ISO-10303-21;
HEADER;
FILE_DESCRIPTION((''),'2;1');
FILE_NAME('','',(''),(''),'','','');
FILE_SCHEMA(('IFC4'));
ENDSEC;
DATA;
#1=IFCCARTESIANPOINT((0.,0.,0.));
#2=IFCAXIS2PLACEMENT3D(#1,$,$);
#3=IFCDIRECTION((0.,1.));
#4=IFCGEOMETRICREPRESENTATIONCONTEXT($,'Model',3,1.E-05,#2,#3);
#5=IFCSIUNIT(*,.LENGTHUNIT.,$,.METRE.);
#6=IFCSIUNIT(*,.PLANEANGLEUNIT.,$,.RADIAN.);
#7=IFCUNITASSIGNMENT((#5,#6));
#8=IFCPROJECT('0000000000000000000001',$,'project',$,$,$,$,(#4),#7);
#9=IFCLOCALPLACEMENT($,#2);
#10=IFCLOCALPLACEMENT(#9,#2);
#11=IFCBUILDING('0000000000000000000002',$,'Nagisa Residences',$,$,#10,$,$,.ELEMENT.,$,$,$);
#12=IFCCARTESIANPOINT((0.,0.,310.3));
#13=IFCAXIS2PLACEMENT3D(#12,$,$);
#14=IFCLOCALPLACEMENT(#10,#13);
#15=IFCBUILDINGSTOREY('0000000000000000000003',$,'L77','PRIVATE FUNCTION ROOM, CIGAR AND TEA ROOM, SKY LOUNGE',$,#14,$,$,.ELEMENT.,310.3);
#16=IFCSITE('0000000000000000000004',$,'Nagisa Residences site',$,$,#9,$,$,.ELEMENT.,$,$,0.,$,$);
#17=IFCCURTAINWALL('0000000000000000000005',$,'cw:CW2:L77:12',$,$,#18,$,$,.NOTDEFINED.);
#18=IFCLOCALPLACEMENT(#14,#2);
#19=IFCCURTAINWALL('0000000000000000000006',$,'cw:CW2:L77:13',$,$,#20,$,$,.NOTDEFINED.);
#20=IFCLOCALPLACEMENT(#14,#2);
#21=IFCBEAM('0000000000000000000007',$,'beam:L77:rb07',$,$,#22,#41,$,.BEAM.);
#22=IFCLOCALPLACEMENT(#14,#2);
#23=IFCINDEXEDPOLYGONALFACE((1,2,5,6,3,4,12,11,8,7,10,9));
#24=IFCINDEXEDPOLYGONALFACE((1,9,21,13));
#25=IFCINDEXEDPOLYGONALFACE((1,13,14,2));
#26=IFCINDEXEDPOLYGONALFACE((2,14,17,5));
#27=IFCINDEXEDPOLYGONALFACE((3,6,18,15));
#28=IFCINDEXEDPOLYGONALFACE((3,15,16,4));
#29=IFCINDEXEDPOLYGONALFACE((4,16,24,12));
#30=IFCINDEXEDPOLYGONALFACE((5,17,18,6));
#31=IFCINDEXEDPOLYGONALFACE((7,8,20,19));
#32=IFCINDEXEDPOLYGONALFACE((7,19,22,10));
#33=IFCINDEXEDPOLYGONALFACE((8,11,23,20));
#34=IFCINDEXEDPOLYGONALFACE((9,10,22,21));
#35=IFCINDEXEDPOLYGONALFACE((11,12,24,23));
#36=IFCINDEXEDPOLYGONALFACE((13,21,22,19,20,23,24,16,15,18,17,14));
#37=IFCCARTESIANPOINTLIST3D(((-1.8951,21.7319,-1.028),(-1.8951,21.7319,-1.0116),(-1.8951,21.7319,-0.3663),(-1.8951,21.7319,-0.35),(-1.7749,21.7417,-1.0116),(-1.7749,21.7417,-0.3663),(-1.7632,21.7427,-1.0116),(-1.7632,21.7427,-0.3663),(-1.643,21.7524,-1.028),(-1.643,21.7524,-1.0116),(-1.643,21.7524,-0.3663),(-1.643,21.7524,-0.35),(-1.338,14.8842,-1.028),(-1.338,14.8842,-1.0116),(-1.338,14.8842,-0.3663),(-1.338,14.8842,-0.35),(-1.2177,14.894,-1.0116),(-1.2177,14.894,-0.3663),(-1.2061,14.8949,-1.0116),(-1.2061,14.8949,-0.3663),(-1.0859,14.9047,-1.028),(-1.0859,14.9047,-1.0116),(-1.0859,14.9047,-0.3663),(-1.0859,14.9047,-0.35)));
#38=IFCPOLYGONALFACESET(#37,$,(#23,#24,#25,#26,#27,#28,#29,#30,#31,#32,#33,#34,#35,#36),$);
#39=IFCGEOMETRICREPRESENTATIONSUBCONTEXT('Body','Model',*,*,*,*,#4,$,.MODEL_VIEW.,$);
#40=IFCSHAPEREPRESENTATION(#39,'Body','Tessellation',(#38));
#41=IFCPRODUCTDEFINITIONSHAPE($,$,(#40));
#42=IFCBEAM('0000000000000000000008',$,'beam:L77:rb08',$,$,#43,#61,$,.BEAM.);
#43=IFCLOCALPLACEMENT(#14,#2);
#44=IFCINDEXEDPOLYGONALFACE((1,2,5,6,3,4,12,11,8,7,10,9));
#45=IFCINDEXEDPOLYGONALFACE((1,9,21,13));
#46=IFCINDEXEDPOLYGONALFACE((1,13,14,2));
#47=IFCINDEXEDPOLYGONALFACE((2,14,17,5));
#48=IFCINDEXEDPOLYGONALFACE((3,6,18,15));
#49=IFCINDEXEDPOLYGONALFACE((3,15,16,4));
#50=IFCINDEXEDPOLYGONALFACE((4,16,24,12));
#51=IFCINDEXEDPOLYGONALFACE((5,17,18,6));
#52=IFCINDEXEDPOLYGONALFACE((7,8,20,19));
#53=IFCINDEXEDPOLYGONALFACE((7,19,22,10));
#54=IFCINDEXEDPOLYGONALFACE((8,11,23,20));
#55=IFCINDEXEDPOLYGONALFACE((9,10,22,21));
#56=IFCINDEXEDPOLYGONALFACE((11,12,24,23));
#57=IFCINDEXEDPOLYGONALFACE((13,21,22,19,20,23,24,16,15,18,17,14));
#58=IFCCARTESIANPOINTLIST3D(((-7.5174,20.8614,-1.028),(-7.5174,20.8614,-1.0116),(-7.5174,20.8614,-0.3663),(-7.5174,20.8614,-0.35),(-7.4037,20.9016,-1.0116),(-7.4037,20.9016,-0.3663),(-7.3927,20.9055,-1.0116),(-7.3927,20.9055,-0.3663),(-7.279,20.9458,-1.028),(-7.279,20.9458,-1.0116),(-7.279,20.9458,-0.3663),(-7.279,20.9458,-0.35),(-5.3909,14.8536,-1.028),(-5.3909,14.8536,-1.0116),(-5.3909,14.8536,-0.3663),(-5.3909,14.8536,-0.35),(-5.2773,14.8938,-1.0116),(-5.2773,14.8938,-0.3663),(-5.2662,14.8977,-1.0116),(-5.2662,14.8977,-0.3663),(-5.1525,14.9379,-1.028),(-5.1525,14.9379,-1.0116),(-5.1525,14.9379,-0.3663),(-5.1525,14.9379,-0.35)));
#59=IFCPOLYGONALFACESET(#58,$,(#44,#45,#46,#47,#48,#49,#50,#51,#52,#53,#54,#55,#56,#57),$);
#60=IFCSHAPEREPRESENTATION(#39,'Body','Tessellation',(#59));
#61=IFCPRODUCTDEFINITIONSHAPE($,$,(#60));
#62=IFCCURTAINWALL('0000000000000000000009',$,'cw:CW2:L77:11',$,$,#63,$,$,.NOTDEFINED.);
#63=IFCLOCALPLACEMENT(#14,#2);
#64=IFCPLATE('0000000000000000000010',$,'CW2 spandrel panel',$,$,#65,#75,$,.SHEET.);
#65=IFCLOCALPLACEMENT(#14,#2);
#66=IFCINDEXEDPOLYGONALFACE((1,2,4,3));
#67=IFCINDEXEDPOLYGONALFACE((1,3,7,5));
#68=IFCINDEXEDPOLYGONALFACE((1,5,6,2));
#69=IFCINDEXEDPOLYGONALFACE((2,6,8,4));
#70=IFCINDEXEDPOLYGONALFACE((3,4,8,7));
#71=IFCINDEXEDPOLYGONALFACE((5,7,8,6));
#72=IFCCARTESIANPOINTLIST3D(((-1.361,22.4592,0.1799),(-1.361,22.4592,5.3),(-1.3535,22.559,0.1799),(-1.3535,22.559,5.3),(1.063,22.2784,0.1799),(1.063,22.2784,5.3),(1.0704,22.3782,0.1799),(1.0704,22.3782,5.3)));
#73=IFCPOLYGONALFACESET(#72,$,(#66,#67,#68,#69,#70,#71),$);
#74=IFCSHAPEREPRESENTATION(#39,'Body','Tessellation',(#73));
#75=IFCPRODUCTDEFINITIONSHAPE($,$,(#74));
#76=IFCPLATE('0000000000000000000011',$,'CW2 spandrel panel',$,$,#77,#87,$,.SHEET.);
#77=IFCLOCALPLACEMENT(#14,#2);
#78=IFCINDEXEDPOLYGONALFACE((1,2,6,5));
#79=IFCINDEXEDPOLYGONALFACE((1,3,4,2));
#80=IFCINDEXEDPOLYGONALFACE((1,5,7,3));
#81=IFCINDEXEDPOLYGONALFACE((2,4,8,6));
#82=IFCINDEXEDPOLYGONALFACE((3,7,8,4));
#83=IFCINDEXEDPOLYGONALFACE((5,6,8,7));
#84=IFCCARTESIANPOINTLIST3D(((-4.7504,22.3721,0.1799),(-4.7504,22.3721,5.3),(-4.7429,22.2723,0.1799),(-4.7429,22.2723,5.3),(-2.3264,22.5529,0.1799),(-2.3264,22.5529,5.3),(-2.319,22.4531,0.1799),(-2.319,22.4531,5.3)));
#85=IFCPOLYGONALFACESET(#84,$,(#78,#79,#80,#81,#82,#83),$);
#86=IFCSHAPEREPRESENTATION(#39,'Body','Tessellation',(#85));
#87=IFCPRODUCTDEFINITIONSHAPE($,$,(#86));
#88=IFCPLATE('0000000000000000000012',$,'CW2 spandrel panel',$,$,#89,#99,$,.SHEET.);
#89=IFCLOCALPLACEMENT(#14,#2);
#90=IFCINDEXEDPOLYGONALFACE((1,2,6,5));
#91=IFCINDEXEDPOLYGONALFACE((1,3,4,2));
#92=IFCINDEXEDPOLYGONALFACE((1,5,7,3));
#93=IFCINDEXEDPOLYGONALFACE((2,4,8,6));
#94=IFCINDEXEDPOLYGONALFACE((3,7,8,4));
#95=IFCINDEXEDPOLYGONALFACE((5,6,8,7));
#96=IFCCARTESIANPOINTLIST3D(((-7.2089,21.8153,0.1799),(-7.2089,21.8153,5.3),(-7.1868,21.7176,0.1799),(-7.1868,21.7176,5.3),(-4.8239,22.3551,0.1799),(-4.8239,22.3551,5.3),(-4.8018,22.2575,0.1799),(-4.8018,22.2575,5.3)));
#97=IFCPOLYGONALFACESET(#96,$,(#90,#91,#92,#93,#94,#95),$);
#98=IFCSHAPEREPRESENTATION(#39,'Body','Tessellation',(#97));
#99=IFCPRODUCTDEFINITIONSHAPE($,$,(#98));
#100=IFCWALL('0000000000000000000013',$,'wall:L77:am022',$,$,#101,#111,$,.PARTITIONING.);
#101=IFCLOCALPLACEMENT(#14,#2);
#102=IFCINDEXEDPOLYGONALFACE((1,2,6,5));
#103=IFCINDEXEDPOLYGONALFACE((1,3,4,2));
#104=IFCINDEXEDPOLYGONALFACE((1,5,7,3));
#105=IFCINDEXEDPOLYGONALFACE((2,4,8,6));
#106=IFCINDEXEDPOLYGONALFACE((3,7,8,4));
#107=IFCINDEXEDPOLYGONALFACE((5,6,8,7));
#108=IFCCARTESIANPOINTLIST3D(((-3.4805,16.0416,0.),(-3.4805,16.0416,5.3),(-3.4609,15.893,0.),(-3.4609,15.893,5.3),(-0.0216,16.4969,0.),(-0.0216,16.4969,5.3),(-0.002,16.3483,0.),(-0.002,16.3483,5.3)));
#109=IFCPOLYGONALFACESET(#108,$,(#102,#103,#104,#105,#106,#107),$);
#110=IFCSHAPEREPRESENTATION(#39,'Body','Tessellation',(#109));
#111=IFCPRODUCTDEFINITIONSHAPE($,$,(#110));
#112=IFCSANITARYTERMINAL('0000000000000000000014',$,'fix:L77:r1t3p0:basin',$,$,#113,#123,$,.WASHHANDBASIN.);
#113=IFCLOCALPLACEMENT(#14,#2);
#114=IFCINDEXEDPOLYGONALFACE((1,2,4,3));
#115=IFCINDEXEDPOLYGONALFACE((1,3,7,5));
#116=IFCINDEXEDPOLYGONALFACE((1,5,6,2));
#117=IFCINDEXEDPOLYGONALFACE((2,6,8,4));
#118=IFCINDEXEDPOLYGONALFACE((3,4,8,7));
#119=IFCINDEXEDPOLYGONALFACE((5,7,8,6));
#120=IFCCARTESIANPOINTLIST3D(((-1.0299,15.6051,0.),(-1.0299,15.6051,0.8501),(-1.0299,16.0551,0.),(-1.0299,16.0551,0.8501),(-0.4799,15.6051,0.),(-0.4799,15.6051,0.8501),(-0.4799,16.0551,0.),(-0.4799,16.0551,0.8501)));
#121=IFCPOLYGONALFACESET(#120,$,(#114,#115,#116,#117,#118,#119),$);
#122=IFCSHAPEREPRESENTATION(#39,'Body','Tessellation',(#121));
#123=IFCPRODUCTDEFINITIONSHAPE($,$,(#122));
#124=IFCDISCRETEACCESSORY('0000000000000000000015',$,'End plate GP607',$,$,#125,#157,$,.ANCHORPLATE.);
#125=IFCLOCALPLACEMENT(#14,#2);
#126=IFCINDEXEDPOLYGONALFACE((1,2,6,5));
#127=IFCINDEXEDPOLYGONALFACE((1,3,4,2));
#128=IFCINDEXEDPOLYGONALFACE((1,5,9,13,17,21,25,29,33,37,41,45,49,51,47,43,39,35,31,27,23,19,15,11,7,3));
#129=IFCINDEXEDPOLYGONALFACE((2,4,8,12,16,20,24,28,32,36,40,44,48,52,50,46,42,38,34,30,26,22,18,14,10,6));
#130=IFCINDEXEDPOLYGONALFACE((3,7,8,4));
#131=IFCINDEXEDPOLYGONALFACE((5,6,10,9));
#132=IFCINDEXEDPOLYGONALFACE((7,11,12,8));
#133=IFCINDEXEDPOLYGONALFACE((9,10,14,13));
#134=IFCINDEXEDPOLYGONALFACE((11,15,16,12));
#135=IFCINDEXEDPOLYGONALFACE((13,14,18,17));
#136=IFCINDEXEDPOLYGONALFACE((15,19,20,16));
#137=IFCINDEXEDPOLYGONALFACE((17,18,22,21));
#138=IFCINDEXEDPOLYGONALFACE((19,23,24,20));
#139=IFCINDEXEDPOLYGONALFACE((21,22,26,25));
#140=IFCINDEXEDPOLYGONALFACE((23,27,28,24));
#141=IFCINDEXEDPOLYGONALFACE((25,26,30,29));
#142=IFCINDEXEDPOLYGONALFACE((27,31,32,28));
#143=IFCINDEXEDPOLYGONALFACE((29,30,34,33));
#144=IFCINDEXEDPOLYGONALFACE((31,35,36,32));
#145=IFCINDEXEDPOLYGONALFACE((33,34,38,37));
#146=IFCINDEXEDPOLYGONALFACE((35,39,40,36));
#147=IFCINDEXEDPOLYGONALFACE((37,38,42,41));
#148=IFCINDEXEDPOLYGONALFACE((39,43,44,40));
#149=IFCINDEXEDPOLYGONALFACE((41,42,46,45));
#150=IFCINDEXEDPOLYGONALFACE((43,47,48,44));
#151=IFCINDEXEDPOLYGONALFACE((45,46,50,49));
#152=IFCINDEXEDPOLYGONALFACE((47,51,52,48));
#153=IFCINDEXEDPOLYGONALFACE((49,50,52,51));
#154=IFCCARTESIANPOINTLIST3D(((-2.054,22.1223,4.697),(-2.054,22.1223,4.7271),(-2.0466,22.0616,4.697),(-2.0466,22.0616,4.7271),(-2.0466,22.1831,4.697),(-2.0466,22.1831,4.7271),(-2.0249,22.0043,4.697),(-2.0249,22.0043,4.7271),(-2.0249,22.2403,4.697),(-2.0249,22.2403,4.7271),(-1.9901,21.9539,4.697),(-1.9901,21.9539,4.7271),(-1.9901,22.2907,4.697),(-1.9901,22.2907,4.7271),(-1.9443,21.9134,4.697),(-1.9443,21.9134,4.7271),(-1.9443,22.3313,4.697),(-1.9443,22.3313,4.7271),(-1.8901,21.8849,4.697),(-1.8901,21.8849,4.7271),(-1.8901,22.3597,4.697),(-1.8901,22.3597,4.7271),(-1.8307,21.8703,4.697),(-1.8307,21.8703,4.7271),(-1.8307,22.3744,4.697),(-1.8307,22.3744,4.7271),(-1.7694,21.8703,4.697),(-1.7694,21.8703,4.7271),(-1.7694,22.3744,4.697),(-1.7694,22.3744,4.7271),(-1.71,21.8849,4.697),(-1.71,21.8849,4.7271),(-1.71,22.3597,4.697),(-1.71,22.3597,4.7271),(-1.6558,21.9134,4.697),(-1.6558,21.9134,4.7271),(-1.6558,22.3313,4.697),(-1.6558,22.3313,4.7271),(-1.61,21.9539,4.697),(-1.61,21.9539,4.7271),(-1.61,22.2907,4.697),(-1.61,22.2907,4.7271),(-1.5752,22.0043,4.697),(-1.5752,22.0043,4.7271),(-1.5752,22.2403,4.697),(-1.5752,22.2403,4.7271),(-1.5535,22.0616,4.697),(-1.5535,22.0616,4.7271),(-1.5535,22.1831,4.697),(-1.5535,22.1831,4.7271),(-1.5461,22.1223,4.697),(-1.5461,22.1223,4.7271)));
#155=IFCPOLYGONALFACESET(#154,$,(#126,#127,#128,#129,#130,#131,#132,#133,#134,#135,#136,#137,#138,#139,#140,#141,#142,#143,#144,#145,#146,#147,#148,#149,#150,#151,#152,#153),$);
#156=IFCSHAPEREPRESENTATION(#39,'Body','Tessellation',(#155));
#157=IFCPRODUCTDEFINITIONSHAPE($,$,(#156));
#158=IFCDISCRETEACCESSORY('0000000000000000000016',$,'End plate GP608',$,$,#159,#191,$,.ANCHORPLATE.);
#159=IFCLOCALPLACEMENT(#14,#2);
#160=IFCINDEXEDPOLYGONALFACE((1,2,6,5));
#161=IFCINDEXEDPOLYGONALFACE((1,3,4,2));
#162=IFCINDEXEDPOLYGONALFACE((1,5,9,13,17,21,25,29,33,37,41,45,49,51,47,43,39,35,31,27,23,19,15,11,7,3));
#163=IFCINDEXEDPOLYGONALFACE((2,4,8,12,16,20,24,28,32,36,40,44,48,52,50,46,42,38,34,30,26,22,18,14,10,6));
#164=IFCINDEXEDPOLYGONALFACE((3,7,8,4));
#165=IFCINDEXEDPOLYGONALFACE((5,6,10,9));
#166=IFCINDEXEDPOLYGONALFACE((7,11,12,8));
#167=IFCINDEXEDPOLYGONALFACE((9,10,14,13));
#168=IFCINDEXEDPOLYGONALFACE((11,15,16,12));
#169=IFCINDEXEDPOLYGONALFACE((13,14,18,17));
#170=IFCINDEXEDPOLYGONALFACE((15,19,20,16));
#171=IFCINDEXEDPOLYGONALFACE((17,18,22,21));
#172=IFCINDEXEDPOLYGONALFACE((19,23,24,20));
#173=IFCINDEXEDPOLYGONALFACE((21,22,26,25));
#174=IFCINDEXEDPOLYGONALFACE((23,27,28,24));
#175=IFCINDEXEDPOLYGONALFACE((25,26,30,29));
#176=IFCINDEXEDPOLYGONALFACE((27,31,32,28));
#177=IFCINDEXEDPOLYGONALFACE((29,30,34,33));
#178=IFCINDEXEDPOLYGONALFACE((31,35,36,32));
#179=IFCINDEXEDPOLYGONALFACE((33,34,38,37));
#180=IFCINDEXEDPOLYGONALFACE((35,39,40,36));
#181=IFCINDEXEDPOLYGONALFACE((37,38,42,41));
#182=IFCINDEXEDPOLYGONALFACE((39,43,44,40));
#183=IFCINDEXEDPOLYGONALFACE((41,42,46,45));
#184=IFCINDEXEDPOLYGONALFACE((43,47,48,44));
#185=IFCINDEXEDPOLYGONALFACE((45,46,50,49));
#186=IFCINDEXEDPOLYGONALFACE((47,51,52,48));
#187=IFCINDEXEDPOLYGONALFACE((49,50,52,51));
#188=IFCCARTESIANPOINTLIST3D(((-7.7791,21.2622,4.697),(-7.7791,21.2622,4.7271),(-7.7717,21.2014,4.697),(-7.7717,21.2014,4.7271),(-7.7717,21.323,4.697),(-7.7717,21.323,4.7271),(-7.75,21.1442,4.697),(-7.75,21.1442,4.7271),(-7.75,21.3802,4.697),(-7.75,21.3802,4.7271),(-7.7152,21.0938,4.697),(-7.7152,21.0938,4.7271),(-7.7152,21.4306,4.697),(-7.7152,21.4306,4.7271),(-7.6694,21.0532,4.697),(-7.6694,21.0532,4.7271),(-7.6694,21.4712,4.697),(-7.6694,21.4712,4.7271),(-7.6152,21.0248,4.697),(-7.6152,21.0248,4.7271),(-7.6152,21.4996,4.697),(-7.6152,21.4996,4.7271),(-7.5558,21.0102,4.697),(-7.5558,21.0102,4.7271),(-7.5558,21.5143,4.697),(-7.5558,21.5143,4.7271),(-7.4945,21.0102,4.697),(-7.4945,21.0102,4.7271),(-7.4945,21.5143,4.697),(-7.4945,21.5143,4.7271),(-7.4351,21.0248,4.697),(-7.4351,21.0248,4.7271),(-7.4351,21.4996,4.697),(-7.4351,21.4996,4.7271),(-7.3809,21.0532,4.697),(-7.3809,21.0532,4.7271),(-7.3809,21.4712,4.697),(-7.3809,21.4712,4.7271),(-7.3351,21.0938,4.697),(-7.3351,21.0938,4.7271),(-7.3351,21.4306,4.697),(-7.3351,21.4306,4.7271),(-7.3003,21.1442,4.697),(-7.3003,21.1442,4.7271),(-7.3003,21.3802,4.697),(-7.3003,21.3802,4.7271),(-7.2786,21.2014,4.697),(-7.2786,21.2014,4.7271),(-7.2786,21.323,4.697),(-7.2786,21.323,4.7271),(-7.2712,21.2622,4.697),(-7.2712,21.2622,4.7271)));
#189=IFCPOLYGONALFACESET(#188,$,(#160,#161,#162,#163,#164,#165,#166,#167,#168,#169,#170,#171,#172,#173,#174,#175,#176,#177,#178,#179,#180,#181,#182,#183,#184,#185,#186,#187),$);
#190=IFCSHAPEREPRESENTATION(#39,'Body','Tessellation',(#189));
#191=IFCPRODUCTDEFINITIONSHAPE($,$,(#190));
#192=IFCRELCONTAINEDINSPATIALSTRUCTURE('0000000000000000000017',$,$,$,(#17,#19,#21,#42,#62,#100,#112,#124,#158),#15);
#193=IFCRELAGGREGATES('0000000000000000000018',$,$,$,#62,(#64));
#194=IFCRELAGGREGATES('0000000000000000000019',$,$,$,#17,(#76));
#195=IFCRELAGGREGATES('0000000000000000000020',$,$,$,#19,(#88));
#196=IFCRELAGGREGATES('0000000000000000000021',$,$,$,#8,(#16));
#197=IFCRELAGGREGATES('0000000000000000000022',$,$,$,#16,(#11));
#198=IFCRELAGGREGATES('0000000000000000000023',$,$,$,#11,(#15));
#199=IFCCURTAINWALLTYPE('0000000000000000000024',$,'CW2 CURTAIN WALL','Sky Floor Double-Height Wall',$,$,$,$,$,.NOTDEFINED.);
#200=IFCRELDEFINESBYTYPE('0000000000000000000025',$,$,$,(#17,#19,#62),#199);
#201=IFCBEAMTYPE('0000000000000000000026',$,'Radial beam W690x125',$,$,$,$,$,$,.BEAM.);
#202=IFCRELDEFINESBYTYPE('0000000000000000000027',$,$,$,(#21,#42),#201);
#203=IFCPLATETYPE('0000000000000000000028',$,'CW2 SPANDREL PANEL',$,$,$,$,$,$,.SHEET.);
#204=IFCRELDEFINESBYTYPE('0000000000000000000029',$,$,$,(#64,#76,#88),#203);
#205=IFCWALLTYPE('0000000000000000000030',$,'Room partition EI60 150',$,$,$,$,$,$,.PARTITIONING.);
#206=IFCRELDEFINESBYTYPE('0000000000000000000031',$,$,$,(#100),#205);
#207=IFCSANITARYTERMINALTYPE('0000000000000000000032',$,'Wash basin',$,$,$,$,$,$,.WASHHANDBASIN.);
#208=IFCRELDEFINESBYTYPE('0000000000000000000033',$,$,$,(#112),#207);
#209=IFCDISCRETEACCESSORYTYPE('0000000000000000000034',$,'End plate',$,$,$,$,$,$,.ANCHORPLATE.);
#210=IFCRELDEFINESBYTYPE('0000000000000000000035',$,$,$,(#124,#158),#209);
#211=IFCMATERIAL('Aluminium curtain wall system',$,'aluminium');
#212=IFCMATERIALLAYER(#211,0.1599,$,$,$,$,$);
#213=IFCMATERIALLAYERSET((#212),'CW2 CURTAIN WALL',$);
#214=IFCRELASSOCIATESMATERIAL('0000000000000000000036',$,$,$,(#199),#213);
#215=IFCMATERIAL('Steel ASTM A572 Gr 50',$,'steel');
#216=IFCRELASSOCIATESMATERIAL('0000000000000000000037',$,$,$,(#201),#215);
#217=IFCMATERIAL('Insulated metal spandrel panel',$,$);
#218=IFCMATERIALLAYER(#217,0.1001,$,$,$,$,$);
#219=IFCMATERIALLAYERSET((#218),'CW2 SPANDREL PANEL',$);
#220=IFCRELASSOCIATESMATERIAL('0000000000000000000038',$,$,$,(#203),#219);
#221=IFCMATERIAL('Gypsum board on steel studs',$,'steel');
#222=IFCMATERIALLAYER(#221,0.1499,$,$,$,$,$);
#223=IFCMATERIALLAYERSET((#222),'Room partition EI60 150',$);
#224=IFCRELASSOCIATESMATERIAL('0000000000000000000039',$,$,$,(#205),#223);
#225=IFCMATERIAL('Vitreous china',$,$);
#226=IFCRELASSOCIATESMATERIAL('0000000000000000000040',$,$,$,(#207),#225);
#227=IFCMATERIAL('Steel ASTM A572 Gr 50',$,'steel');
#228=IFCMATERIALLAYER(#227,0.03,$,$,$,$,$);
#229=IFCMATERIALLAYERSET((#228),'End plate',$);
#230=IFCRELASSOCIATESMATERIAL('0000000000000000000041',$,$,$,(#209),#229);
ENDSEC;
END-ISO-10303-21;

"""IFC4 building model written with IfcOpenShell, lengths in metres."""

from ifc_helpers import new_model, si_unit, direction, frame, frame_2d, origin, origin_2d, place, context, subcontext, project, spatial, rectangle, circle, i_section, extrude, material, layer, layer_set, material_profile, profile_set, type_object, element, aggregate, save


model = new_model("IFC4")

# Units and contexts
model_context = context("Model", 3, precision=1e-05, world=origin(), true_north=direction((0.0, 1.0)))
body_context = subcontext(model_context, "Body", "Model", "MODEL_VIEW")
ifc_project = project(units=[si_unit("LENGTHUNIT", "METRE"), si_unit("PLANEANGLEUNIT", "RADIAN")], contexts=[model_context])

# Site, building, storey
site_placement = place(None, origin())
site = spatial("IfcSite", under=ifc_project, at=site_placement, Name="Nagisa Residences site", CompositionType="ELEMENT", RefElevation=0.0)
building_placement = place(site_placement, origin())
building = spatial("IfcBuilding", under=site, at=building_placement, Name="Nagisa Residences", CompositionType="ELEMENT")
storey_placement = place(building_placement, frame((0.0, 0.0, 310.3)))
storey = spatial("IfcBuildingStorey", under=building, at=storey_placement, Name="L77", Description="PRIVATE FUNCTION ROOM, CIGAR AND TEA ROOM, SKY LOUNGE", CompositionType="ELEMENT", Elevation=310.3)

# Curtain walls
ifc_material_1 = material(Name="Aluminium curtain wall system", Category="aluminium")
ifc_layer_1 = layer(ifc_material_1, 0.1599)
ifc_layer_set_1 = layer_set([ifc_layer_1], Name="CW2 CURTAIN WALL")
curtain_wall_type = type_object("IfcCurtainWallType", Name="CW2 CURTAIN WALL", Description="Sky Floor Double-Height Wall", PredefinedType="NOTDEFINED", material=ifc_layer_set_1)
curtain_wall_1_placement = place(storey_placement, origin())
curtain_wall_1 = element("IfcCurtainWall", 1, at=curtain_wall_1_placement, inside=storey, type_object=curtain_wall_type, Name="cw:CW2:L77:12", PredefinedType="NOTDEFINED")
curtain_wall_2_placement = place(storey_placement, origin())
curtain_wall_2 = element("IfcCurtainWall", 2, at=curtain_wall_2_placement, inside=storey, type_object=curtain_wall_type, Name="cw:CW2:L77:13", PredefinedType="NOTDEFINED")

# Beams
ifc_material_2 = material(Name="Steel ASTM A572 Gr 50", Category="steel")
ifc_material_profile_1 = material_profile(ifc_material_2, i_section(OverallWidth=0.2529, OverallDepth=0.678, WebThickness=0.0117, FlangeThickness=0.0164, at=origin_2d()), Name="W690x125")
ifc_profile_set_1 = profile_set([ifc_material_profile_1], Name="Steel ASTM A572 Gr 50")
beam_type_1 = type_object("IfcBeamType", Name="Radial beam W690x125", PredefinedType="BEAM", material=ifc_profile_set_1)
beam_1_placement = place(storey_placement, frame((-1.769, 21.7422, -0.689), z_axis=(0.081093, -0.996707, 0.0), x_axis=(0.996707, 0.081093, 0.0)))
element("IfcBeam", 3, at=beam_1_placement, inside=storey, type_object=beam_type_1, Name="beam:L77:rb07", PredefinedType="BEAM", context=body_context, shape_type="SweptSolid", body=[
    extrude(i_section(OverallWidth=0.2529, OverallDepth=0.678, WebThickness=0.0117, FlangeThickness=0.0164, at=origin_2d()), origin(), (0.0, 0.0, 1.0), 6.8704),
])
beam_2_placement = place(storey_placement, frame((-7.3982, 20.9036, -0.689), z_axis=(0.333666, -0.942692, 0.0), x_axis=(0.942692, 0.333666, 0.0)))
element("IfcBeam", 4, at=beam_2_placement, inside=storey, type_object=beam_type_1, Name="beam:L77:rb08", PredefinedType="BEAM", context=body_context, shape_type="SweptSolid", body=[
    extrude(i_section(OverallWidth=0.2529, OverallDepth=0.678, WebThickness=0.0117, FlangeThickness=0.0164, at=origin_2d()), origin(), (0.0, 0.0, 1.0), 6.373),
])

# Curtain wall, plate
curtain_wall_3_placement = place(storey_placement, origin())
curtain_wall_3 = element("IfcCurtainWall", 5, at=curtain_wall_3_placement, inside=storey, type_object=curtain_wall_type, Name="cw:CW2:L77:11", PredefinedType="NOTDEFINED")
ifc_material_3 = material(Name="Insulated metal spandrel panel")
ifc_layer_2 = layer(ifc_material_3, 0.1001)
ifc_layer_set_2 = layer_set([ifc_layer_2], Name="CW2 SPANDREL PANEL")
plate_type = type_object("IfcPlateType", Name="CW2 SPANDREL PANEL", PredefinedType="SHEET", material=ifc_layer_set_2)
plate_1_placement = place(storey_placement, frame((-0.1453, 22.4187, 0.1799), z_axis=(0.0, 0.0, 1.0), x_axis=(-0.99723, 0.074377, 0.0)))
plate_1 = element("IfcPlate", 6, at=plate_1_placement, type_object=plate_type, Name="CW2 spandrel panel", PredefinedType="SHEET", context=body_context, shape_type="SweptSolid", body=[
    extrude(rectangle(XDim=2.4307, YDim=0.1001, at=origin_2d()), origin(), (0.0, 0.0, 1.0), 5.1201),
])
aggregate(curtain_wall_3, [plate_1])

# Plates
plate_2_placement = place(storey_placement, frame((-3.5347, 22.4126, 0.1799), z_axis=(0.0, 0.0, 1.0), x_axis=(-0.99723, -0.074377, 0.0)))
plate_2 = element("IfcPlate", 7, at=plate_2_placement, type_object=plate_type, Name="CW2 spandrel panel", PredefinedType="SHEET", context=body_context, shape_type="SweptSolid", body=[
    extrude(rectangle(XDim=2.4307, YDim=0.1001, at=origin_2d()), origin(), (0.0, 0.0, 1.0), 5.1201),
])
aggregate(curtain_wall_1, [plate_2])
plate_3_placement = place(storey_placement, frame((-6.0054, 22.0364, 0.1799), z_axis=(0.0, 0.0, 1.0), x_axis=(-0.975327, -0.220764, 0.0)))
plate_3 = element("IfcPlate", 8, at=plate_3_placement, type_object=plate_type, Name="CW2 spandrel panel", PredefinedType="SHEET", context=body_context, shape_type="SweptSolid", body=[
    extrude(rectangle(XDim=2.4453, YDim=0.1001, at=origin_2d()), origin(), (0.0, 0.0, 1.0), 5.1201),
])
aggregate(curtain_wall_2, [plate_3])

# Wall
ifc_material_4 = material(Name="Gypsum board on steel studs", Category="steel")
ifc_layer_3 = layer(ifc_material_4, 0.1499)
ifc_layer_set_3 = layer_set([ifc_layer_3], Name="Room partition EI60 150")
wall_type = type_object("IfcWallType", Name="Room partition EI60 150", PredefinedType="PARTITIONING", material=ifc_layer_set_3)
wall_placement = place(storey_placement, frame((-3.4707, 15.9673, 0.0), z_axis=(0.0, 0.0, 1.0), x_axis=(0.991447, 0.130509, 0.0)))
element("IfcWall", 9, at=wall_placement, inside=storey, type_object=wall_type, Name="wall:L77:am022", PredefinedType="PARTITIONING", context=body_context, shape_type="SweptSolid", body=[
    extrude(rectangle(XDim=3.4888, YDim=0.1499, at=frame_2d((1.7444, 0.0))), origin(), (0.0, 0.0, 1.0), 5.3),
])

# Sanitary terminal
ifc_material_5 = material(Name="Vitreous china")
sanitary_terminal_type = type_object("IfcSanitaryTerminalType", Name="Wash basin", PredefinedType="WASHHANDBASIN", material=ifc_material_5)
sanitary_terminal_placement = place(storey_placement, frame((-0.7549, 15.8301, 0.0), z_axis=(0.0, 0.0, 1.0), x_axis=(1.0, 0.0, 0.0)))
element("IfcSanitaryTerminal", 10, at=sanitary_terminal_placement, inside=storey, type_object=sanitary_terminal_type, Name="fix:L77:r1t3p0:basin", PredefinedType="WASHHANDBASIN", context=body_context, shape_type="SweptSolid", body=[
    extrude(rectangle(XDim=0.55, YDim=0.45, at=origin_2d()), origin(), (0.0, 0.0, 1.0), 0.8501),
])

# Discrete accessories
ifc_material_6 = material(Name="Steel ASTM A572 Gr 50", Category="steel")
ifc_layer_4 = layer(ifc_material_6, 0.03)
ifc_layer_set_4 = layer_set([ifc_layer_4], Name="End plate")
discrete_accessory_type_1 = type_object("IfcDiscreteAccessoryType", Name="End plate", PredefinedType="ANCHORPLATE", material=ifc_layer_set_4)
for number, where, z_axis, x_axis, name in (
    (11, (-1.8, 22.1223, 4.697), (0.0, 0.0, 1.0), (1.0, 0.0, 0.0), "End plate GP607"),
    (12, (-7.5251, 21.2622, 4.697), (0.0, 0.0, 1.0), (1.0, 0.0, 0.0), "End plate GP608"),
):
    element("IfcDiscreteAccessory", number, at=place(storey_placement, frame(where, z_axis=z_axis, x_axis=x_axis)), inside=storey, type_object=discrete_accessory_type_1, Name=name, PredefinedType="ANCHORPLATE", context=body_context, shape_type="SweptSolid", body=[
        extrude(circle(Radius=0.2539, at=origin_2d()), origin(), (0.0, 0.0, 1.0), 0.03),
    ])

save(model, "model.ifc")
